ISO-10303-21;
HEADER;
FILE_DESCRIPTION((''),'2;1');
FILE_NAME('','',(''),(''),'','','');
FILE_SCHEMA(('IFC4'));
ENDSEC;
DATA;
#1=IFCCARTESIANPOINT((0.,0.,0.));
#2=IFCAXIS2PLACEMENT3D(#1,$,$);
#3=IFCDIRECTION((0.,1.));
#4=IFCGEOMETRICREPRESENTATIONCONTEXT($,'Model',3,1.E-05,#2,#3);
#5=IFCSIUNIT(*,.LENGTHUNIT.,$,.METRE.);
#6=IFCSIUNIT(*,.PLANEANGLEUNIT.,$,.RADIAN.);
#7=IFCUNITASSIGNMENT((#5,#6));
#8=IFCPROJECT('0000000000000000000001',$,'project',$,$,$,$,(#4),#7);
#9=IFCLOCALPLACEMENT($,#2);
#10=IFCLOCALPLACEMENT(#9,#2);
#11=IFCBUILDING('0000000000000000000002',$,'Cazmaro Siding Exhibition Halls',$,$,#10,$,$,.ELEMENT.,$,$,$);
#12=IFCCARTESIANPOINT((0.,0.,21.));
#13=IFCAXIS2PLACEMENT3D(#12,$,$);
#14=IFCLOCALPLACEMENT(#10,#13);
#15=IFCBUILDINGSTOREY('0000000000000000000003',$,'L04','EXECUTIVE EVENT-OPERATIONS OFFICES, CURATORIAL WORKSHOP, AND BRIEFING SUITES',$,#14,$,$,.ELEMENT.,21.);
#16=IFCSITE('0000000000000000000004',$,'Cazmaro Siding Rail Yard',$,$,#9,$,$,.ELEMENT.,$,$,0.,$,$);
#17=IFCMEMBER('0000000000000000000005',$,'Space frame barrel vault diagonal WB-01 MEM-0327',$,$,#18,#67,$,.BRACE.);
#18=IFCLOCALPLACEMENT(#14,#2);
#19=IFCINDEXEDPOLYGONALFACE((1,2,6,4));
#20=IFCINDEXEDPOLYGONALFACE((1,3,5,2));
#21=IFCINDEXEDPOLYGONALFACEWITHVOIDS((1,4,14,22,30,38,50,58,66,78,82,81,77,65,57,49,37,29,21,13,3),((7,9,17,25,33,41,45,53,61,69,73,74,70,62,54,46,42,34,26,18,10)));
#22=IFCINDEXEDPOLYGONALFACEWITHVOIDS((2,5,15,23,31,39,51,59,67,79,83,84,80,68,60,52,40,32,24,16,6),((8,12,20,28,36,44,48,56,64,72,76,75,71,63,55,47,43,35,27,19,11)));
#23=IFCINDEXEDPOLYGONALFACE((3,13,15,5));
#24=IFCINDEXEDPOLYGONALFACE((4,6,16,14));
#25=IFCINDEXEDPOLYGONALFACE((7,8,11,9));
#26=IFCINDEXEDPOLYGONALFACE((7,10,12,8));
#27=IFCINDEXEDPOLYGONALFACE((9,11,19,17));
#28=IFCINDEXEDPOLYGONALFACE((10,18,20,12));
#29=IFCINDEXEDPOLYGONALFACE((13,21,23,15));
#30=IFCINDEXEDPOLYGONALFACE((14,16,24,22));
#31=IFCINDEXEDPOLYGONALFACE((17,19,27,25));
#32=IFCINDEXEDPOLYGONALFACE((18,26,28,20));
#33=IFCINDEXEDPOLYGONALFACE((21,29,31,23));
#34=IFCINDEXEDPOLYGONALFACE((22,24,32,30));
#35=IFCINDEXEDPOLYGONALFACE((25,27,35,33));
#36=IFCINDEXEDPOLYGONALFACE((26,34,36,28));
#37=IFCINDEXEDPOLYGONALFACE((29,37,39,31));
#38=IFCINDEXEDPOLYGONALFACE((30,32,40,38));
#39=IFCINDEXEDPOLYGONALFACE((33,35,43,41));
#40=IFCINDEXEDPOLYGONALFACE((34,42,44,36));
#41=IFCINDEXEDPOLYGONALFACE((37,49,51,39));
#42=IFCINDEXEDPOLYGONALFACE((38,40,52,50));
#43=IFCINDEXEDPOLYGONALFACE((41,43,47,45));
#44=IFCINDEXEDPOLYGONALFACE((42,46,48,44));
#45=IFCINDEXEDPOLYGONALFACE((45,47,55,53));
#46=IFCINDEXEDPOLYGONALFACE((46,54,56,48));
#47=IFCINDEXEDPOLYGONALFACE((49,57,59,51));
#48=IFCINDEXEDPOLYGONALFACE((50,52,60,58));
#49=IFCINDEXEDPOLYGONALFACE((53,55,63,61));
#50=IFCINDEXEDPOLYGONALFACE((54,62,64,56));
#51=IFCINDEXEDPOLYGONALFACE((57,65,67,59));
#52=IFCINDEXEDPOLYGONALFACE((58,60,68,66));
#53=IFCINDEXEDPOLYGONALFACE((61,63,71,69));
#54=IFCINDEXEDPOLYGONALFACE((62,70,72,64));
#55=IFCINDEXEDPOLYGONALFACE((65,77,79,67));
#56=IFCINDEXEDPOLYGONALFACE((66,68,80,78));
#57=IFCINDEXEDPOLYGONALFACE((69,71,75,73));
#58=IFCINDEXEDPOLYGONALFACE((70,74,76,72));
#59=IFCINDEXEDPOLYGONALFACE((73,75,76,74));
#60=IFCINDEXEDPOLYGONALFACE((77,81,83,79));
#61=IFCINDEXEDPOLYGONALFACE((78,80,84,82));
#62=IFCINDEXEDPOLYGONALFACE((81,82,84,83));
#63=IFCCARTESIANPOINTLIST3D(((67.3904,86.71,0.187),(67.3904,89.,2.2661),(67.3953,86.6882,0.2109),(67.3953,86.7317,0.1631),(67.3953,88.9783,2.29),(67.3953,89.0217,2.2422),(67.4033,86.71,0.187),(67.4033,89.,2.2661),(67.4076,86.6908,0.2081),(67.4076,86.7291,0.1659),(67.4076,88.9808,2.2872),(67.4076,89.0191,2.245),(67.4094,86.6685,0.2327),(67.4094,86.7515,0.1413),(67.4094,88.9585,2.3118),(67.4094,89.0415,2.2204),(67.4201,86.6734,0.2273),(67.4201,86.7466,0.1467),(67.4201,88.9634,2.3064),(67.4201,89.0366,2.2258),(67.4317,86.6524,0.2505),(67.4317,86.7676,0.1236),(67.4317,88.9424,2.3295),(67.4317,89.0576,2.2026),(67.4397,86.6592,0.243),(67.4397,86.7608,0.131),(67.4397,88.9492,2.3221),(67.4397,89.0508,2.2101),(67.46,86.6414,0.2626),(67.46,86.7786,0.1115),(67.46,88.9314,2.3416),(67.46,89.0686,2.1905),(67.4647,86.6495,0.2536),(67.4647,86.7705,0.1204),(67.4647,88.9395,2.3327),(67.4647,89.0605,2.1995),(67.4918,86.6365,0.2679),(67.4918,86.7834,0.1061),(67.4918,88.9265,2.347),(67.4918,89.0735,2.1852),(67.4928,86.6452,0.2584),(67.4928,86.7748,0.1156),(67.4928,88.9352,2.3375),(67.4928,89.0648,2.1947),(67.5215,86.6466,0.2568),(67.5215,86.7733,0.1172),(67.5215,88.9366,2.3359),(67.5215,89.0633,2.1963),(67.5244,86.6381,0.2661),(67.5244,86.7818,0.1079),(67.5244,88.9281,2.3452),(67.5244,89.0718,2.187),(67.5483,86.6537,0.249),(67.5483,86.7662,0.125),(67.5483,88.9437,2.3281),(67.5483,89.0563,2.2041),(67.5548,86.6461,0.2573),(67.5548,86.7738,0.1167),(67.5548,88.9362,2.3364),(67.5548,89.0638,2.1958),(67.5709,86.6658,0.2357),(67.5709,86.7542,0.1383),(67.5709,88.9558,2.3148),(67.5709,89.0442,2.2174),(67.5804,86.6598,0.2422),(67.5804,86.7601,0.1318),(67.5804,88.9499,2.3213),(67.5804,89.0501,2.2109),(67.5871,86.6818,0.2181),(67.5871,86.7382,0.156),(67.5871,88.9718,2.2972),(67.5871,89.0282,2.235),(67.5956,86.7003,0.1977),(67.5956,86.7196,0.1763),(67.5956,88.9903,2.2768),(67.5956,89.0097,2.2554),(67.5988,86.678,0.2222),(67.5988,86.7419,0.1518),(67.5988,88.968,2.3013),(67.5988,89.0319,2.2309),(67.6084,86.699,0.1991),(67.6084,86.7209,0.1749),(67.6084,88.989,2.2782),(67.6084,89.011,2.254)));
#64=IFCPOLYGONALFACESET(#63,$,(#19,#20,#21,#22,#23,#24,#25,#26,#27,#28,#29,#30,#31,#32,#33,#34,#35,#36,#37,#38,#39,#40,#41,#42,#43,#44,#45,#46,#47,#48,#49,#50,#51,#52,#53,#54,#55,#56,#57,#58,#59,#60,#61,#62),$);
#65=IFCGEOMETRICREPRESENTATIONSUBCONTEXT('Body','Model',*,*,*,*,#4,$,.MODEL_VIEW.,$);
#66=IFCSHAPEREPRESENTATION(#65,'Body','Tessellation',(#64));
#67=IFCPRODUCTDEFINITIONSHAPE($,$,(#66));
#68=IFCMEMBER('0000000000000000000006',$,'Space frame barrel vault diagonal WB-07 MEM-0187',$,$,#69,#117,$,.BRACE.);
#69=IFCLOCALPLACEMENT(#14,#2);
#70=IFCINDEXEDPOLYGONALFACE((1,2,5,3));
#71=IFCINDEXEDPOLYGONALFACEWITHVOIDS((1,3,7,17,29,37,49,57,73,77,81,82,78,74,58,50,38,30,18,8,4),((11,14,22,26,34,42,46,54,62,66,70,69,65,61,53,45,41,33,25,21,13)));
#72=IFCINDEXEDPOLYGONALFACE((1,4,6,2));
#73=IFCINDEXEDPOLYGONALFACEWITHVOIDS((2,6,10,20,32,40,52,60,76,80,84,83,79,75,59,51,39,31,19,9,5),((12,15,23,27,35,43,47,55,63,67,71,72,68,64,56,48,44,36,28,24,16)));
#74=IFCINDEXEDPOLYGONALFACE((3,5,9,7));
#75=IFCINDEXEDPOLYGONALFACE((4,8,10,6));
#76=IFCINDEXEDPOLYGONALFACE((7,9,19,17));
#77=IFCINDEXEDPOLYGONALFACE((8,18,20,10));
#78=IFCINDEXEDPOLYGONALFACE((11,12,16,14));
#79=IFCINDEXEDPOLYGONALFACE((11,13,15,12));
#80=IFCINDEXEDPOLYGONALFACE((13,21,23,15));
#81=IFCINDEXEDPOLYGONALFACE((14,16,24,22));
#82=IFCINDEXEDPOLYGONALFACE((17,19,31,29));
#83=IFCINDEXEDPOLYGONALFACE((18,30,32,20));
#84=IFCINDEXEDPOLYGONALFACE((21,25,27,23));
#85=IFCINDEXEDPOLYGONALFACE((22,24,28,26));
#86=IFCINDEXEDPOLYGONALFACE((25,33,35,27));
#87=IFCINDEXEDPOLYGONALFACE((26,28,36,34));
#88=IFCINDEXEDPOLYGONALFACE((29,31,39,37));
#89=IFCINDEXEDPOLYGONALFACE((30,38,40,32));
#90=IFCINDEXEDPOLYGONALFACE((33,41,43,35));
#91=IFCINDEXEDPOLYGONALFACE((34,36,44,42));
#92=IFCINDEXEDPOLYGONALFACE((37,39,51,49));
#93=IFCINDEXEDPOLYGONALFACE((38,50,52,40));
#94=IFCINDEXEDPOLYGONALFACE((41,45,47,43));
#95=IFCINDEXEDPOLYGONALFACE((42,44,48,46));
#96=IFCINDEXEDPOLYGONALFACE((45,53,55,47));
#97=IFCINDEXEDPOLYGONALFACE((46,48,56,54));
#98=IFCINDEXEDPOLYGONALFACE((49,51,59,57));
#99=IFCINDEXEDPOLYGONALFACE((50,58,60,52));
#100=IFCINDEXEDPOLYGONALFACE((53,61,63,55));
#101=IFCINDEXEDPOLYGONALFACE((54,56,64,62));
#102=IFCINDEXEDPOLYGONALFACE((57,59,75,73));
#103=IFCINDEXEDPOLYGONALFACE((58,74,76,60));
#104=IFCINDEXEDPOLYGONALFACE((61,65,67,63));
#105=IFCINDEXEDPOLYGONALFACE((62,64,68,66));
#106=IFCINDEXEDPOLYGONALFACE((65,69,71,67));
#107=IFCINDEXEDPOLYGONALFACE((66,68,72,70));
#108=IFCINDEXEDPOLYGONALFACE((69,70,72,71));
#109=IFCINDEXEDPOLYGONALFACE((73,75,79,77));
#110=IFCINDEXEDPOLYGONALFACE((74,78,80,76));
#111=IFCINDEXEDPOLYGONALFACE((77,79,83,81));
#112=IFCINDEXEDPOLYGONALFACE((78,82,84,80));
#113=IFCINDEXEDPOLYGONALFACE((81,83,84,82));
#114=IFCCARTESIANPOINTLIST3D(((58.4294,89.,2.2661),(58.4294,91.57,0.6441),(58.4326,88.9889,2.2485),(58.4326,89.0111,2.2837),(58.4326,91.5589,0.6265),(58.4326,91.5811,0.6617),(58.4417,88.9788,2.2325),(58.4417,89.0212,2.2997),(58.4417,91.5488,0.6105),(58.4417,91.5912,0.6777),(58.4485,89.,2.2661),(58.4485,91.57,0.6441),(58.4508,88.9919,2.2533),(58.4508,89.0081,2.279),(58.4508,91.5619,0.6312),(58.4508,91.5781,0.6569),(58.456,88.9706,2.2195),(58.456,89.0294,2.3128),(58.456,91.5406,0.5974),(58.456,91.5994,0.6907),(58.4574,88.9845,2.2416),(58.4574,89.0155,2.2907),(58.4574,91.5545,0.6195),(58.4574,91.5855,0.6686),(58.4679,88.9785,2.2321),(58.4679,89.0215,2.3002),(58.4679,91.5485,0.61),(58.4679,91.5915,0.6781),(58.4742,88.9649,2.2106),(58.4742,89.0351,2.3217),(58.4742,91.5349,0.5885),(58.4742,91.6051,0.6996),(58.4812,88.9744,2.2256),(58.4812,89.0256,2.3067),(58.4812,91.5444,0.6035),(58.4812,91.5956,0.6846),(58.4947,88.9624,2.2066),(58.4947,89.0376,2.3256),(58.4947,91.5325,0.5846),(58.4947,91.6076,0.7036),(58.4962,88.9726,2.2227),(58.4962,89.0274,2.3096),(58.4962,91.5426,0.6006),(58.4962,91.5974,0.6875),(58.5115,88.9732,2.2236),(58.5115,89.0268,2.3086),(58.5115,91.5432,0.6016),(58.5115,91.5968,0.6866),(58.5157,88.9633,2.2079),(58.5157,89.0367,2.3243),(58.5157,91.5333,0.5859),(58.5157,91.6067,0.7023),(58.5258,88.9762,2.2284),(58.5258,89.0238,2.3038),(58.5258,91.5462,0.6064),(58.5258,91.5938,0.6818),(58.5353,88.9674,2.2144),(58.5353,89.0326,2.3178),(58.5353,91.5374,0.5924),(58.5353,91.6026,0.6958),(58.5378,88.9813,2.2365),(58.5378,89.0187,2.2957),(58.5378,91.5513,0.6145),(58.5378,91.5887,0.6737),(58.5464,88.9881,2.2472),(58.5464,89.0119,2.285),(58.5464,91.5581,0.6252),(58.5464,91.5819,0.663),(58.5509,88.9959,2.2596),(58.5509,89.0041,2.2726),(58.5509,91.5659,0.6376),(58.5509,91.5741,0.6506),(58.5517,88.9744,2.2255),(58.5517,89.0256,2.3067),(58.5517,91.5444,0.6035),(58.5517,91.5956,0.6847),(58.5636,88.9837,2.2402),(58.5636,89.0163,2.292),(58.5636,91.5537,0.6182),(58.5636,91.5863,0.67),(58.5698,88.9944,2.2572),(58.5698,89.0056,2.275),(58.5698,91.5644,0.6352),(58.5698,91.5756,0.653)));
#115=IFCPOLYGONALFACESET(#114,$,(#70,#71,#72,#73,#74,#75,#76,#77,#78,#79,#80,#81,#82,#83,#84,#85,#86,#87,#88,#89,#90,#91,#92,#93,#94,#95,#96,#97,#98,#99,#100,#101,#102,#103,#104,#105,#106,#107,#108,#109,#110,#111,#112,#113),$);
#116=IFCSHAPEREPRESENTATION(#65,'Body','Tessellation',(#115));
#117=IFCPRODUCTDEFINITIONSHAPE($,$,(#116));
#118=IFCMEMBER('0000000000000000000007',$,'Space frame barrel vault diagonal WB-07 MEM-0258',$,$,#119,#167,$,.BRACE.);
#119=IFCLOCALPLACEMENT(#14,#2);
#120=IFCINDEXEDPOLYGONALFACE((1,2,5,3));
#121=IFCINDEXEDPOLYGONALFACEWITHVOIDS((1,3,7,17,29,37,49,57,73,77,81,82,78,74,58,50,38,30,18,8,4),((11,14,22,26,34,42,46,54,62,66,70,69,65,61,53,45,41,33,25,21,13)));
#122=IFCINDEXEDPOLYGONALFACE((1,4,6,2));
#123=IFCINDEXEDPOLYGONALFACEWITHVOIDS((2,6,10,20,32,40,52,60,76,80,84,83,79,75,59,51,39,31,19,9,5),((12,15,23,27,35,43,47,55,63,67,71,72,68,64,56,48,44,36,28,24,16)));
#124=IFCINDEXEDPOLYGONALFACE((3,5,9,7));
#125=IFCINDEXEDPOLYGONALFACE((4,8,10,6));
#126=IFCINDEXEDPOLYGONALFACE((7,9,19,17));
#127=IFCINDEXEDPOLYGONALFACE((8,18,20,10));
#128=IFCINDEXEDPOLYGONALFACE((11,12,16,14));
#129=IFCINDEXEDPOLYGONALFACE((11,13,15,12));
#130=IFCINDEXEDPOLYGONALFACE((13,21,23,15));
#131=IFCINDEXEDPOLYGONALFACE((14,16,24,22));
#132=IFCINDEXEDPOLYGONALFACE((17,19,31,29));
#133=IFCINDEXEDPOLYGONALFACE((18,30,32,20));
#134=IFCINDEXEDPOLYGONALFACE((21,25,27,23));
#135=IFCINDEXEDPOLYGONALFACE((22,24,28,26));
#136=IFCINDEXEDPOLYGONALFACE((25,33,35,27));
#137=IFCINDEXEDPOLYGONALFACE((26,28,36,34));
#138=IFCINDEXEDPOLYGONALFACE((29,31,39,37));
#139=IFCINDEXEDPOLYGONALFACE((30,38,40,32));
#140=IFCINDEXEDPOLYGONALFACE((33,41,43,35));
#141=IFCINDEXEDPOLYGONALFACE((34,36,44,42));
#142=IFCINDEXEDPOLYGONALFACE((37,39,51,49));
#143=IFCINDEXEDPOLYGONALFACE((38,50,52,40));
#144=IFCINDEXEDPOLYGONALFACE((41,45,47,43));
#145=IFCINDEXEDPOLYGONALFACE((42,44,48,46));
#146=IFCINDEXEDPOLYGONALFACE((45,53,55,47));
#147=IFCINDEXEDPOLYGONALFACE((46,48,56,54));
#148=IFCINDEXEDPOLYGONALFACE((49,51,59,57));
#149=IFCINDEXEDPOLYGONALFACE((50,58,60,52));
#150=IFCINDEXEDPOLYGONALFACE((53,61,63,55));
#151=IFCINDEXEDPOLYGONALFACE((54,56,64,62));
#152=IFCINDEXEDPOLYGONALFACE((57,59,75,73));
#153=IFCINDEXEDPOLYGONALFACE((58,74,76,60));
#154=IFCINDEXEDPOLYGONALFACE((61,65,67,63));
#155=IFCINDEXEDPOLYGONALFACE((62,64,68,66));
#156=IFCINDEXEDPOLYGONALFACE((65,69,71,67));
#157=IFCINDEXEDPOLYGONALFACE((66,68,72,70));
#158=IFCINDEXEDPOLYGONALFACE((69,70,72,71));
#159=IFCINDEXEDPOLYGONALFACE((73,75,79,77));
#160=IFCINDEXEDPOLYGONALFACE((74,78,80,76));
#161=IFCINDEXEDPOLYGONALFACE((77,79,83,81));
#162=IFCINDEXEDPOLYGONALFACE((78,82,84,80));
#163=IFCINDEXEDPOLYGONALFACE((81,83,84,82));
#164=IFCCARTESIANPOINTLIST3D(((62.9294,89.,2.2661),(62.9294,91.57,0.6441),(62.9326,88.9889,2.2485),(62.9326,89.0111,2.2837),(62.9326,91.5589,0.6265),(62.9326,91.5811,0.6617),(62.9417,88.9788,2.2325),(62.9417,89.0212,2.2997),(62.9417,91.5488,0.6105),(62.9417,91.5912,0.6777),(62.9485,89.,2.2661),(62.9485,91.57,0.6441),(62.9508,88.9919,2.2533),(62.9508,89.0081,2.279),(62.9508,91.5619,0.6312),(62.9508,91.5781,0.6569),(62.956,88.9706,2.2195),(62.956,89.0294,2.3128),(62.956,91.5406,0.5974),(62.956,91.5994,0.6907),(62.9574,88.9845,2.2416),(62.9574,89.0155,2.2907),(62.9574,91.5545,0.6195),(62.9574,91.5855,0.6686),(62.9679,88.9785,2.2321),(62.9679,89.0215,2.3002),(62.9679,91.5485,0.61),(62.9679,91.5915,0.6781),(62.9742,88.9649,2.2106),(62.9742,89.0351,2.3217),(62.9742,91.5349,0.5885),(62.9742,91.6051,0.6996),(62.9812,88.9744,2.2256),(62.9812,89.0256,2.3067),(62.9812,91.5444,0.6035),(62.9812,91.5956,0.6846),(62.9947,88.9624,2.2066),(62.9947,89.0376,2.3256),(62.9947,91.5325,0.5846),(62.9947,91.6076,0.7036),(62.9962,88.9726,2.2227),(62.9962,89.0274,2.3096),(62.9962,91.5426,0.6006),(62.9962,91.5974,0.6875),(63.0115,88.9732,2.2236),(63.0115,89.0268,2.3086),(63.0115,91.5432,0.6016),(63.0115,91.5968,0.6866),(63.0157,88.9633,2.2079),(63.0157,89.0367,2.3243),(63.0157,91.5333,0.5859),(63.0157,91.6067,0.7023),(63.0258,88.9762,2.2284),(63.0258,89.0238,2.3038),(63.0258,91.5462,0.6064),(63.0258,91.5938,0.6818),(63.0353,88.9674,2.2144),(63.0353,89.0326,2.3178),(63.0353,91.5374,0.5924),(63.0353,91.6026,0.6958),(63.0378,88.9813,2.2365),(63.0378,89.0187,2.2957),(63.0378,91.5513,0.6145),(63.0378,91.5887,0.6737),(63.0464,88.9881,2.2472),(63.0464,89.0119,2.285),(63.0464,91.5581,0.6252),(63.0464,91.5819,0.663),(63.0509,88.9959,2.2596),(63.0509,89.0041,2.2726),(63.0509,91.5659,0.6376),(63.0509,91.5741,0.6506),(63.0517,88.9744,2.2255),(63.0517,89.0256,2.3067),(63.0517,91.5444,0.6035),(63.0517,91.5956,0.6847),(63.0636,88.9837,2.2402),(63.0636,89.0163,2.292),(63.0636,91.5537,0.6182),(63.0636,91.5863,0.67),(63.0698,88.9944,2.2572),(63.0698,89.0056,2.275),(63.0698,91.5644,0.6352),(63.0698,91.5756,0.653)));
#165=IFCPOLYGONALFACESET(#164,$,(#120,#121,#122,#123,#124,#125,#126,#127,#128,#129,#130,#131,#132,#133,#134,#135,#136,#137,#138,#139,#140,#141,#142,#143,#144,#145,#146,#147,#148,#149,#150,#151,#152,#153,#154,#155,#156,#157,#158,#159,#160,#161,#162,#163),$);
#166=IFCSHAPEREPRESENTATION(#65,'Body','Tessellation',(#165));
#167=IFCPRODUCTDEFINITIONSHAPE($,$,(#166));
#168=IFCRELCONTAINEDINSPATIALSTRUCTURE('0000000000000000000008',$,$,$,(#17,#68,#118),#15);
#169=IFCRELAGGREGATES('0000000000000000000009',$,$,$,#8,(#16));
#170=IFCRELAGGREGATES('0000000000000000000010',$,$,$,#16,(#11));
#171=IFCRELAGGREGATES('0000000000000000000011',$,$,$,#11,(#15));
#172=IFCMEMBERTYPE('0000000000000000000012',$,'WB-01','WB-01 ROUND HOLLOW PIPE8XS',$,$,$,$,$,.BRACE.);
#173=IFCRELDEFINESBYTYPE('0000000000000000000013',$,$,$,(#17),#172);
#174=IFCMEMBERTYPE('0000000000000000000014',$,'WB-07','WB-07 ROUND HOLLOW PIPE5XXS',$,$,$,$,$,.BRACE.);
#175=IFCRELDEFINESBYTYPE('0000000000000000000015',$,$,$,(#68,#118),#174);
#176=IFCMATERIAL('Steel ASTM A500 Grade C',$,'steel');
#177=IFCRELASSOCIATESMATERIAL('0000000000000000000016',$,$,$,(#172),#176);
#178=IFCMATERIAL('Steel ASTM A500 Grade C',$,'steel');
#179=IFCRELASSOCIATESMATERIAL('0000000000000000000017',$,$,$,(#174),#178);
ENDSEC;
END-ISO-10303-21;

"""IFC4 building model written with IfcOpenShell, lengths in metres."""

from ifc_helpers import new_model, si_unit, direction, frame, origin, origin_2d, place, context, subcontext, project, spatial, hollow_circle, extrude, material, material_profile, profile_set, type_object, element, save


model = new_model("IFC4")

# Units and contexts
model_context = context("Model", 3, precision=1e-05, world=origin(), true_north=direction((0.0, 1.0)))
body_context = subcontext(model_context, "Body", "Model", "MODEL_VIEW")
ifc_project = project(units=[si_unit("LENGTHUNIT", "METRE"), si_unit("PLANEANGLEUNIT", "RADIAN")], contexts=[model_context])

# Site, building, storey
site_placement = place(None, origin())
site = spatial("IfcSite", under=ifc_project, at=site_placement, Name="Cazmaro Siding Rail Yard", CompositionType="ELEMENT", RefElevation=0.0)
building_placement = place(site_placement, origin())
building = spatial("IfcBuilding", under=site, at=building_placement, Name="Cazmaro Siding Exhibition Halls", CompositionType="ELEMENT")
storey_placement = place(building_placement, frame((0.0, 0.0, 21.0)))
storey = spatial("IfcBuildingStorey", under=building, at=storey_placement, Name="L04", Description="EXECUTIVE EVENT-OPERATIONS OFFICES, CURATORIAL WORKSHOP, AND BRIEFING SUITES", CompositionType="ELEMENT", Elevation=21.0)

# Members
ifc_material_1 = material(Name="Steel ASTM A500 Grade C", Category="steel")
ifc_material_profile_1 = material_profile(ifc_material_1, hollow_circle(Radius=0.1096, WallThickness=0.0129, at=origin_2d()), Name="PIPE8XS")
ifc_profile_set_1 = profile_set([ifc_material_profile_1], Name="Steel ASTM A500 Grade C")
member_type_1 = type_object("IfcMemberType", Name="WB-01", Description="WB-01 ROUND HOLLOW PIPE8XS", PredefinedType="BRACE", material=ifc_profile_set_1)
for number, where, z_axis, x_axis, name in (
    (1, (67.5, 86.71, 0.187), (0.0, 0.740383, 0.672185), (-1.0, 0.0, 0.0), "Space frame barrel vault diagonal WB-01 MEM-0327"),
):
    element("IfcMember", number, at=place(storey_placement, frame(where, z_axis=z_axis, x_axis=x_axis)), inside=storey, type_object=member_type_1, Name=name, PredefinedType="BRACE", context=body_context, shape_type="SweptSolid", body=[
        extrude(hollow_circle(Radius=0.1096, WallThickness=0.0129, at=origin_2d()), origin(), (0.0, 0.0, 1.0), 3.093),
    ])
ifc_material_2 = material(Name="Steel ASTM A500 Grade C", Category="steel")
ifc_material_profile_2 = material_profile(ifc_material_2, hollow_circle(Radius=0.0706, WallThickness=0.019, at=origin_2d()), Name="PIPE5XXS")
ifc_profile_set_2 = profile_set([ifc_material_profile_2], Name="Steel ASTM A500 Grade C")
member_type_2 = type_object("IfcMemberType", Name="WB-07", Description="WB-07 ROUND HOLLOW PIPE5XXS", PredefinedType="BRACE", material=ifc_profile_set_2)
for number, where, z_axis, x_axis, name in (
    (2, (58.5, 89.0, 2.2661), (0.0, 0.845657, -0.533727), (-1.0, 0.0, 0.0), "Space frame barrel vault diagonal WB-07 MEM-0187"),
    (3, (63.0, 89.0, 2.2661), (0.0, 0.845657, -0.533727), (-1.0, 0.0, 0.0), "Space frame barrel vault diagonal WB-07 MEM-0258"),
):
    element("IfcMember", number, at=place(storey_placement, frame(where, z_axis=z_axis, x_axis=x_axis)), inside=storey, type_object=member_type_2, Name=name, PredefinedType="BRACE", context=body_context, shape_type="SweptSolid", body=[
        extrude(hollow_circle(Radius=0.0706, WallThickness=0.019, at=origin_2d()), origin(), (0.0, 0.0, 1.0), 3.0391),
    ])

save(model, "model.ifc")
